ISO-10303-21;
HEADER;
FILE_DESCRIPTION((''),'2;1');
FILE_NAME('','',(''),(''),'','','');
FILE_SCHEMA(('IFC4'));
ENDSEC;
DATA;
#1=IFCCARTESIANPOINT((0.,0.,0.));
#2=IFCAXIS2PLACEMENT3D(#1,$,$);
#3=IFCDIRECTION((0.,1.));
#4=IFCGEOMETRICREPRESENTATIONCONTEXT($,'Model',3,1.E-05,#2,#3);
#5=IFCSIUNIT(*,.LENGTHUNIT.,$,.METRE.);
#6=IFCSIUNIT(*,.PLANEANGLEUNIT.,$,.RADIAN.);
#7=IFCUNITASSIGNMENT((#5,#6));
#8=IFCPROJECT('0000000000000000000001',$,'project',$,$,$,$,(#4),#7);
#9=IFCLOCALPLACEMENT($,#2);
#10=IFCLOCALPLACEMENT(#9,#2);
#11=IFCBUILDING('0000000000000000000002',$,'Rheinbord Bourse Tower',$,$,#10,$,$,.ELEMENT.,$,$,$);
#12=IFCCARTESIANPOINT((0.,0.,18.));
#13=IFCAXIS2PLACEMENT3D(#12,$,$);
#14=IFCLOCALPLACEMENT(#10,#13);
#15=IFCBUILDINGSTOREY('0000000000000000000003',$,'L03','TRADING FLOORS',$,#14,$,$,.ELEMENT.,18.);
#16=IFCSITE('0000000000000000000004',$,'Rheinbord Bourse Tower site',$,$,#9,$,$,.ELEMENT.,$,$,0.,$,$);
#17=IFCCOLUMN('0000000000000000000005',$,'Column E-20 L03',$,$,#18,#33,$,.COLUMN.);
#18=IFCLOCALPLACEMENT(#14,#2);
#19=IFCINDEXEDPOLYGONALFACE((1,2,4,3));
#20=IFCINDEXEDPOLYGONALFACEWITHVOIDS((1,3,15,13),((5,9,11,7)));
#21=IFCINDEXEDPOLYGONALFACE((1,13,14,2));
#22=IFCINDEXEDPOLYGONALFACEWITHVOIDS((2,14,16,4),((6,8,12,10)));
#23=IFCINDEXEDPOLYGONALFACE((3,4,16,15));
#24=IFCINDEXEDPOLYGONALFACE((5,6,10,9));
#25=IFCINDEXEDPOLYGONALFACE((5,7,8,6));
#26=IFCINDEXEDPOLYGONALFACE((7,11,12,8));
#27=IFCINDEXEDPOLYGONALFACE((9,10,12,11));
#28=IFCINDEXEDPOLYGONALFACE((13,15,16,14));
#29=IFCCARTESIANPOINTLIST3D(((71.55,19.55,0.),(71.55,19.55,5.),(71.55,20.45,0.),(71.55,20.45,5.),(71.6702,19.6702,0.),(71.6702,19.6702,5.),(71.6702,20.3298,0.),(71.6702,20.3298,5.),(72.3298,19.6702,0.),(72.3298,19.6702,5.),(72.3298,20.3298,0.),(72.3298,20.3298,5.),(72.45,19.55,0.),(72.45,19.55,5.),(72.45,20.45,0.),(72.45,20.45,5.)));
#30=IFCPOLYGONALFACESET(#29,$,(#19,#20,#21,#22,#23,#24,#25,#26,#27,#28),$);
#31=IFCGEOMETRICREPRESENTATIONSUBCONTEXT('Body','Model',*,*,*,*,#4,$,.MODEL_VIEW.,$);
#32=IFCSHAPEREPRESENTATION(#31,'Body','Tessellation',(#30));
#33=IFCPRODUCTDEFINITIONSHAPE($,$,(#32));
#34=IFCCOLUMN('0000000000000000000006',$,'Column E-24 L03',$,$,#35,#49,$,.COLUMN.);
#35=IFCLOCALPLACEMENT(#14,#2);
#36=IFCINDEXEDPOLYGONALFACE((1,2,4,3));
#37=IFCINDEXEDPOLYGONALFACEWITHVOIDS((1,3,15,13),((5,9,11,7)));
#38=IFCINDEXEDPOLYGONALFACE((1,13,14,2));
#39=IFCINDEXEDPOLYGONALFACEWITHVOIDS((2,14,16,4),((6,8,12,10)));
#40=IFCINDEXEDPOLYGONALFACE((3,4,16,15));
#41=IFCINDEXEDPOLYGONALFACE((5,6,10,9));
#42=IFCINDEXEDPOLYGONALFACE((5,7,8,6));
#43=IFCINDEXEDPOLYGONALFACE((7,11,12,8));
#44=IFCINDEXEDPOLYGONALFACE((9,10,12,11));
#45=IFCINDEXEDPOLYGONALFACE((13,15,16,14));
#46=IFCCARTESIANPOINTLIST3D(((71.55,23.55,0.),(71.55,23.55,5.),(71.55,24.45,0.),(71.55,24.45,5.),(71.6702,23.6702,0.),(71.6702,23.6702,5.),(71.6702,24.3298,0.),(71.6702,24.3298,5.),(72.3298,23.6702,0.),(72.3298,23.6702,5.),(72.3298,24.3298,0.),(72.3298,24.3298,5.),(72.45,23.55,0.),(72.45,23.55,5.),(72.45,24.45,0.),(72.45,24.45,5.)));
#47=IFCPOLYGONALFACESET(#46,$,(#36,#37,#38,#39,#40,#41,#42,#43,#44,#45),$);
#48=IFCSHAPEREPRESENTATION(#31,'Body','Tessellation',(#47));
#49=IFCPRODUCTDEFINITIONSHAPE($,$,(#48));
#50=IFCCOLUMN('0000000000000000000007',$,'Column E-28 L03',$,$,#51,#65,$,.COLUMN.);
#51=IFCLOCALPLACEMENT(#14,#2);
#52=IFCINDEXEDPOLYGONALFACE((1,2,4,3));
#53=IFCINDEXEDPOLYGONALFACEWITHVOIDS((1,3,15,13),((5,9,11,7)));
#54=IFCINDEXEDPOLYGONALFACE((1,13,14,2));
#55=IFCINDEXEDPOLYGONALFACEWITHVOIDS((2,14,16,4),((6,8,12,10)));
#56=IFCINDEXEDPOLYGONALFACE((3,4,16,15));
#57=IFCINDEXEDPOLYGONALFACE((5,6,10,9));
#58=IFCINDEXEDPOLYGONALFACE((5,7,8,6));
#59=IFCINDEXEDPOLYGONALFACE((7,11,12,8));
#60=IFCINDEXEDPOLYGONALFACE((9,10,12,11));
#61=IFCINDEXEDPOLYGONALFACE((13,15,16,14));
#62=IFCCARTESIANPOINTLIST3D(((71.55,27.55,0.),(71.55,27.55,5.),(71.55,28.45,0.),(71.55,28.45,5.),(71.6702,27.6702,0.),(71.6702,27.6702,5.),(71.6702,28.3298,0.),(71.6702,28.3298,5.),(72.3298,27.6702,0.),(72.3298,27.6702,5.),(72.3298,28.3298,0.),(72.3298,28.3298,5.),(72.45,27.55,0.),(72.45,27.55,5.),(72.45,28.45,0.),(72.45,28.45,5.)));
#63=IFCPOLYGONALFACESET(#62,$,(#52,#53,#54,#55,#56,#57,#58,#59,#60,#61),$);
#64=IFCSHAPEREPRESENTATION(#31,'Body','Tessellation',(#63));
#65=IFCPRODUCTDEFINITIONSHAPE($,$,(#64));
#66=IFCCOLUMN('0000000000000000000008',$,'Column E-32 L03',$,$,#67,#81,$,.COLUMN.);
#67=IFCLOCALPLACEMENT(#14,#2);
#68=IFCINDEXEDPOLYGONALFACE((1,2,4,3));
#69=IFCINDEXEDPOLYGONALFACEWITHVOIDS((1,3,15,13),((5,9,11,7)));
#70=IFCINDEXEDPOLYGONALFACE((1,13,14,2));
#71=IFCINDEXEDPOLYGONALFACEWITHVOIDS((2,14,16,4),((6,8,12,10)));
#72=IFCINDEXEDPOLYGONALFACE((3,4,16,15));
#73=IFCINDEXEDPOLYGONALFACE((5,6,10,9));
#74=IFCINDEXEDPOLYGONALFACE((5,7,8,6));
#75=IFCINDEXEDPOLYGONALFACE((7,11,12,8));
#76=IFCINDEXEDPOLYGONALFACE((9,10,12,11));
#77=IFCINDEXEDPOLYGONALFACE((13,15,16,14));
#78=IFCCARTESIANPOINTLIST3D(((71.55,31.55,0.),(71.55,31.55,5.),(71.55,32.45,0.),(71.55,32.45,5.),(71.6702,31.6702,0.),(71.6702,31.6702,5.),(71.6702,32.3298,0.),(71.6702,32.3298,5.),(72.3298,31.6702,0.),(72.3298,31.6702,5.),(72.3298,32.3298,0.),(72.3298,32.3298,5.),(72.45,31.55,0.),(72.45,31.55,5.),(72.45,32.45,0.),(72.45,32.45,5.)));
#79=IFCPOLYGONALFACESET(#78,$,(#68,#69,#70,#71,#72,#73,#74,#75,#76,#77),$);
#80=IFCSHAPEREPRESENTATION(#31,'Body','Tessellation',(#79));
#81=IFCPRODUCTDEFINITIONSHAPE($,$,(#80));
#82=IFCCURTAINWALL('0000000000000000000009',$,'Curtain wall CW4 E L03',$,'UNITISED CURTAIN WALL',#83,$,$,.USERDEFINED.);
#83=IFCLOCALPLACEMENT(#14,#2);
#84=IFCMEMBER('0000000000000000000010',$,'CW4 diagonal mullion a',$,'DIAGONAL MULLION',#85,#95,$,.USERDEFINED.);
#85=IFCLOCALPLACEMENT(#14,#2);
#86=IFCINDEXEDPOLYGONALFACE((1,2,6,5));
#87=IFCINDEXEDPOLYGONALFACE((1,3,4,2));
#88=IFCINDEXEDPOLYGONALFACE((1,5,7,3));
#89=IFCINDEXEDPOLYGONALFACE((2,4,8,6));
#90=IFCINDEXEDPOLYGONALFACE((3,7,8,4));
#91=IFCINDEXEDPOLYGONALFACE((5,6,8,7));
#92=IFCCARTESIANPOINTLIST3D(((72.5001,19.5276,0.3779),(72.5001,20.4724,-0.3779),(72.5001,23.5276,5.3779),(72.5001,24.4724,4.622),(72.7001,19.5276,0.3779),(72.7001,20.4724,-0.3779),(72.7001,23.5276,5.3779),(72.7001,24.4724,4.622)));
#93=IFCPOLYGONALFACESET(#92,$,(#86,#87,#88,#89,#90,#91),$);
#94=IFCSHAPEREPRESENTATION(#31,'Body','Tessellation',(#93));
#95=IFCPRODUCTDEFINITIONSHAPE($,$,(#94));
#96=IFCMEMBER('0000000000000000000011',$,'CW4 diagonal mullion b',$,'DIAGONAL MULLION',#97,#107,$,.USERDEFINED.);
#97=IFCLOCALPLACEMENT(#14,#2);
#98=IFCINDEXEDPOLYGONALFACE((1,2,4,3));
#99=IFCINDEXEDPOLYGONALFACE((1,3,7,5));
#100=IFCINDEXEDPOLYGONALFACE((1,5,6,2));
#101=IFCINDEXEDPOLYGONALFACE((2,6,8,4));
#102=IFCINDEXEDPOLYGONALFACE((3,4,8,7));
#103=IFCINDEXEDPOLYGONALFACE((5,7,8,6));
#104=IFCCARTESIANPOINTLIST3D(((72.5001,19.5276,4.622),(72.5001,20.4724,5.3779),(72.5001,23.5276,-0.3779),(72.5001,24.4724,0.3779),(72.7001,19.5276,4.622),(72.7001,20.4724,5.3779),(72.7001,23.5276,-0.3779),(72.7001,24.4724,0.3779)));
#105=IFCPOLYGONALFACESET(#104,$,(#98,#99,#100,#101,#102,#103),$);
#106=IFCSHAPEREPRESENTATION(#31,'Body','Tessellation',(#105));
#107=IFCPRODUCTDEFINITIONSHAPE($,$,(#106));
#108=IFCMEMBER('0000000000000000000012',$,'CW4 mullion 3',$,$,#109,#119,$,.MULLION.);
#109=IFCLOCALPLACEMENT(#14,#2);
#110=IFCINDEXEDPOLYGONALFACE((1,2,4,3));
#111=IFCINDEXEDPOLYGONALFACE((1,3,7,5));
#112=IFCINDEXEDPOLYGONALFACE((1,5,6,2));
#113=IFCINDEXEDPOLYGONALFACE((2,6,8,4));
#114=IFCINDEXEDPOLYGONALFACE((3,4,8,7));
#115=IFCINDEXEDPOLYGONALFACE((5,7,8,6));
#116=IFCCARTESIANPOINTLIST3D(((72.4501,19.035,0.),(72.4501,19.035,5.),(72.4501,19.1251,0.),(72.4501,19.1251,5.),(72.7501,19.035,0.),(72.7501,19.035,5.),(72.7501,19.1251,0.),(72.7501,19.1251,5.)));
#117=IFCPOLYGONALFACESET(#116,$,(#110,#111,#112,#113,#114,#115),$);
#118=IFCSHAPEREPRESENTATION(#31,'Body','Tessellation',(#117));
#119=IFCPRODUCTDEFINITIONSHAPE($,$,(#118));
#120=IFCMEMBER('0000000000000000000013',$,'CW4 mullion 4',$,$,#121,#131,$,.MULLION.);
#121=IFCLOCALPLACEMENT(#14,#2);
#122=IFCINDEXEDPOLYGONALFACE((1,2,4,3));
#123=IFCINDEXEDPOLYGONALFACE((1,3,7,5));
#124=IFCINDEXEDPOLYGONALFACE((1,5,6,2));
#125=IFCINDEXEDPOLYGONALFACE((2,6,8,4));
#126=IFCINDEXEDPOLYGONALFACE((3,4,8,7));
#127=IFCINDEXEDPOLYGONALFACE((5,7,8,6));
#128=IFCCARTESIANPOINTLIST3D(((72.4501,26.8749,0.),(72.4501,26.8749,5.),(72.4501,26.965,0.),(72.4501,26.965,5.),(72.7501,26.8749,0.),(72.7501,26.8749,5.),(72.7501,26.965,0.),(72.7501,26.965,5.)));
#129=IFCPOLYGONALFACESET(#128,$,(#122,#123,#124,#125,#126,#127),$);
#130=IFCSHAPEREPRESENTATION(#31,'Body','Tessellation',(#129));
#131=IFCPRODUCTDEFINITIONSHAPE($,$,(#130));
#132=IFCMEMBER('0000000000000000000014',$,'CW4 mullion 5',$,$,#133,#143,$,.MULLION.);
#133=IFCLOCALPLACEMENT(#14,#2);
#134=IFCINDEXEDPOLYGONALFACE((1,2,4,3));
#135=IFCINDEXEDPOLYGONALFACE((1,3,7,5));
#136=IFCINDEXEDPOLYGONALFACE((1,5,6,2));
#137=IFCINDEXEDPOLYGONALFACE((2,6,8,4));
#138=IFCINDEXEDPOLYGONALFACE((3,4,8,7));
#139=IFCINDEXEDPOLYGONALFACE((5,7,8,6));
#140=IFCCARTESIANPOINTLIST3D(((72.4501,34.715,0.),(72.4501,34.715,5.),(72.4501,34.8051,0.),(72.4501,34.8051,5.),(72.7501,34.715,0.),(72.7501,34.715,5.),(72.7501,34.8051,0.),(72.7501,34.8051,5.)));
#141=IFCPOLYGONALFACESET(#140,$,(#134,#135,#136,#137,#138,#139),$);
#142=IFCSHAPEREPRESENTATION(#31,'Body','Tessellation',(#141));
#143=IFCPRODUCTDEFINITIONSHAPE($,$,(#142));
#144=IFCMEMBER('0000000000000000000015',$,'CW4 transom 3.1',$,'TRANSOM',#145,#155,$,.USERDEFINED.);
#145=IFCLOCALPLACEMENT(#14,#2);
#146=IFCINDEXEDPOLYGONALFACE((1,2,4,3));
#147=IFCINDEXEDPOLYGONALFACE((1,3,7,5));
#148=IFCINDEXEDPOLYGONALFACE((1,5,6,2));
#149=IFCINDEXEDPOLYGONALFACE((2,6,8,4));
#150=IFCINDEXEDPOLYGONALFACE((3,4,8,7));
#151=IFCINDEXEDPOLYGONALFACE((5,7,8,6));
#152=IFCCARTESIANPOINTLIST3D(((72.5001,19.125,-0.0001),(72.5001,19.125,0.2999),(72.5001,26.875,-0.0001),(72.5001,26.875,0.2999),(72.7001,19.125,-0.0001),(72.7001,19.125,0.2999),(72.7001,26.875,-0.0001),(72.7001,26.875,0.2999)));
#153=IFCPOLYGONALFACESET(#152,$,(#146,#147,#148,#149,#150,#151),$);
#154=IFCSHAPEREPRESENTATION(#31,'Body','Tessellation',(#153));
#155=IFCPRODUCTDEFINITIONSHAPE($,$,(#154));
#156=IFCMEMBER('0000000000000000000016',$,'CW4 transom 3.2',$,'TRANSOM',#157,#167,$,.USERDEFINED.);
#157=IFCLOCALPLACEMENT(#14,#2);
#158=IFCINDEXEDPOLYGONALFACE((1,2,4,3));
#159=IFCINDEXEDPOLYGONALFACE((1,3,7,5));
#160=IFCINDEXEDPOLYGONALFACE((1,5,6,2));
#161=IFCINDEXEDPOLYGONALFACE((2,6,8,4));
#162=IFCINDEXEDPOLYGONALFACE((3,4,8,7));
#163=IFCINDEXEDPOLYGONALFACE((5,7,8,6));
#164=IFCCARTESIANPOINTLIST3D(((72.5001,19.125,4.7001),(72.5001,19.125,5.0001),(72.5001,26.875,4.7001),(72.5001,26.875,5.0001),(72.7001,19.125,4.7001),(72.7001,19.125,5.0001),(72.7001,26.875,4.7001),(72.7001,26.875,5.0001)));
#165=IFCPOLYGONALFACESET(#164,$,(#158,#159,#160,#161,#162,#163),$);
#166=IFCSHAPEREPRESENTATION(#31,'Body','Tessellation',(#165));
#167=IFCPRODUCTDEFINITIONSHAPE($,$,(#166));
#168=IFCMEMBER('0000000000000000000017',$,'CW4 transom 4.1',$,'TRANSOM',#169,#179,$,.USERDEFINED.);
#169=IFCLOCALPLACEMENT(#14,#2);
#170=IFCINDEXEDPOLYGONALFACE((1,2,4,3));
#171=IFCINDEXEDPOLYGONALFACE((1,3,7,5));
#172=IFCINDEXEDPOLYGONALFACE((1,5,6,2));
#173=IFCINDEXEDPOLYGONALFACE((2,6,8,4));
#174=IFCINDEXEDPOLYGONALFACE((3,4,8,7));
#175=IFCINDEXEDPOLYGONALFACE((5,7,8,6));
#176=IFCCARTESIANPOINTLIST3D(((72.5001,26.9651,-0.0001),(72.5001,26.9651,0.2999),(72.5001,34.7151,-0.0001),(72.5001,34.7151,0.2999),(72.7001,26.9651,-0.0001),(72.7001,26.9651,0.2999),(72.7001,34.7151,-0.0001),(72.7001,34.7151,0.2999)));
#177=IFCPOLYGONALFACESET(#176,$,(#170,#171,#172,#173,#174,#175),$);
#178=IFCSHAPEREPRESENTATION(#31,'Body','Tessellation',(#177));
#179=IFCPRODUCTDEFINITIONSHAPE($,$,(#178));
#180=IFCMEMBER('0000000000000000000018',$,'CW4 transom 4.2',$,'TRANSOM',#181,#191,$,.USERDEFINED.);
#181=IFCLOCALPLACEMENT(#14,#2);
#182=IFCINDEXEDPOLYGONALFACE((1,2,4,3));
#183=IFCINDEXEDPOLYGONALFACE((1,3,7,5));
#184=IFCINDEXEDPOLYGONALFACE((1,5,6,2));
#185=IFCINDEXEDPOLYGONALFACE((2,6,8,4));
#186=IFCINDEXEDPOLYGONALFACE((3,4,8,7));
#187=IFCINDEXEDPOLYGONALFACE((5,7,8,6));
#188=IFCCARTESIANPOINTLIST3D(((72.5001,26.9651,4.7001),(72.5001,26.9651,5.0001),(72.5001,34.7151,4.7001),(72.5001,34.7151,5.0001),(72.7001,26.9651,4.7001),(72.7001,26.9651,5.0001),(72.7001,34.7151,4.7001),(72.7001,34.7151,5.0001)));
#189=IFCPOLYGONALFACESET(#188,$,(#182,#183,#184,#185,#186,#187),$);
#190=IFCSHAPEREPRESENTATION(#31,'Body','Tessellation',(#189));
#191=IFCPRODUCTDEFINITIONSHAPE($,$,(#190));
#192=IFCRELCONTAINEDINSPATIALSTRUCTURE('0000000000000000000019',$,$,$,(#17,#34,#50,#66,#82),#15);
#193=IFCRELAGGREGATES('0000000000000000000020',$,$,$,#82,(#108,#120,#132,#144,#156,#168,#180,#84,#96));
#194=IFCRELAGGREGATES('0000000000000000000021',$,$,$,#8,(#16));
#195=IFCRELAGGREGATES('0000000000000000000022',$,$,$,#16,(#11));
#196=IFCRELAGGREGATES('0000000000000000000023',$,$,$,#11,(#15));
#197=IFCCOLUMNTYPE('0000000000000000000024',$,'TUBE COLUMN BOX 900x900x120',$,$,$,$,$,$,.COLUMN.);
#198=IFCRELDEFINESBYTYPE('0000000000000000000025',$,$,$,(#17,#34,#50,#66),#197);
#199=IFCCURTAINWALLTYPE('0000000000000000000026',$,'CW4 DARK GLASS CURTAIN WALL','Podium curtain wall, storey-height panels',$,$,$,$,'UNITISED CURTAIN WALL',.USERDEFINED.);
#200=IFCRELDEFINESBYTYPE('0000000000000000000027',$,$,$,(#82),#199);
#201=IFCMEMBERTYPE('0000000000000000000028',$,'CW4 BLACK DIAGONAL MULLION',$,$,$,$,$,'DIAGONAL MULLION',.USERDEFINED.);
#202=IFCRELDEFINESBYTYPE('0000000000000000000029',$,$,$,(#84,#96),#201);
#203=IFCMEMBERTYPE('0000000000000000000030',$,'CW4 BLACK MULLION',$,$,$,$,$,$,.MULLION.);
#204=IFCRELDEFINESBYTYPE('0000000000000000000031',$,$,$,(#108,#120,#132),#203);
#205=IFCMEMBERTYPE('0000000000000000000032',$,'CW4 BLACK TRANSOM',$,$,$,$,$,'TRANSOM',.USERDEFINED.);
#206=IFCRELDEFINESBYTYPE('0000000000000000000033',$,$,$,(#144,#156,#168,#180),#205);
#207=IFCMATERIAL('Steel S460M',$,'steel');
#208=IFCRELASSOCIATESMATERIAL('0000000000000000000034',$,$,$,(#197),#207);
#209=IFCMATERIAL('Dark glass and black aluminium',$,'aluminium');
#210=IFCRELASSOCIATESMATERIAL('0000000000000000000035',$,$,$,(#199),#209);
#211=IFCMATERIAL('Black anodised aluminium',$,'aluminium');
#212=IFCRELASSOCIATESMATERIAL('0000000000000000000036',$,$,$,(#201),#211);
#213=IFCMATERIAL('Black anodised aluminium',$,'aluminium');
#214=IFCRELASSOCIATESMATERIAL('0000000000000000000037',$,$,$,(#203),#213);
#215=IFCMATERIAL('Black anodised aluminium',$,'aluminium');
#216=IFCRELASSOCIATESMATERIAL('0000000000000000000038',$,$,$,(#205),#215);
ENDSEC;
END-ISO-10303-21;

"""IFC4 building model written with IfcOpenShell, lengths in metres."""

from ifc_helpers import new_model, si_unit, direction, frame, origin, origin_2d, place, context, subcontext, project, spatial, rectangle, hollow_rectangle, extrude, material, material_profile, profile_set, type_object, element, aggregate, save


model = new_model("IFC4")

# Units and contexts
model_context = context("Model", 3, precision=1e-05, world=origin(), true_north=direction((0.0, 1.0)))
body_context = subcontext(model_context, "Body", "Model", "MODEL_VIEW")
ifc_project = project(units=[si_unit("LENGTHUNIT", "METRE"), si_unit("PLANEANGLEUNIT", "RADIAN")], contexts=[model_context])

# Site, building, storey
site_placement = place(None, origin())
site = spatial("IfcSite", under=ifc_project, at=site_placement, Name="Rheinbord Bourse Tower site", CompositionType="ELEMENT", RefElevation=0.0)
building_placement = place(site_placement, origin())
building = spatial("IfcBuilding", under=site, at=building_placement, Name="Rheinbord Bourse Tower", CompositionType="ELEMENT")
storey_placement = place(building_placement, frame((0.0, 0.0, 18.0)))
storey = spatial("IfcBuildingStorey", under=building, at=storey_placement, Name="L03", Description="TRADING FLOORS", CompositionType="ELEMENT", Elevation=18.0)

# Columns
ifc_material_1 = material(Name="Steel S460M", Category="steel")
ifc_material_profile_1 = material_profile(ifc_material_1, hollow_rectangle(XDim=0.8999, YDim=0.8999, WallThickness=0.1201, at=origin_2d()), Name="BOX 900x900x120")
ifc_profile_set_1 = profile_set([ifc_material_profile_1], Name="Steel S460M")
column_type = type_object("IfcColumnType", Name="TUBE COLUMN BOX 900x900x120", PredefinedType="COLUMN", material=ifc_profile_set_1)
for number, where, z_axis, x_axis, name in (
    (1, (72.0, 20.0, 0.0), (0.0, 0.0, 1.0), (1.0, 0.0, 0.0), "Column E-20 L03"),
    (2, (72.0, 24.0, 0.0), (0.0, 0.0, 1.0), (1.0, 0.0, 0.0), "Column E-24 L03"),
    (3, (72.0, 28.0, 0.0), (0.0, 0.0, 1.0), (1.0, 0.0, 0.0), "Column E-28 L03"),
    (4, (72.0, 32.0, 0.0), (0.0, 0.0, 1.0), (1.0, 0.0, 0.0), "Column E-32 L03"),
):
    element("IfcColumn", number, at=place(storey_placement, frame(where, z_axis=z_axis, x_axis=x_axis)), inside=storey, type_object=column_type, Name=name, PredefinedType="COLUMN", context=body_context, shape_type="SweptSolid", body=[
        extrude(hollow_rectangle(XDim=0.8999, YDim=0.8999, WallThickness=0.1201, at=origin_2d()), origin(), (0.0, 0.0, 1.0), 5.0),
    ])

# Curtain wall, members
ifc_material_2 = material(Name="Dark glass and black aluminium", Category="aluminium")
curtain_wall_type = type_object("IfcCurtainWallType", Name="CW4 DARK GLASS CURTAIN WALL", Description="Podium curtain wall, storey-height panels", ElementType="UNITISED CURTAIN WALL", PredefinedType="USERDEFINED", material=ifc_material_2)
curtain_wall_placement = place(storey_placement, origin())
curtain_wall = element("IfcCurtainWall", 5, at=curtain_wall_placement, inside=storey, type_object=curtain_wall_type, Name="Curtain wall CW4 E L03", ObjectType="UNITISED CURTAIN WALL", PredefinedType="USERDEFINED")
ifc_material_3 = material(Name="Black anodised aluminium", Category="aluminium")
ifc_material_profile_2 = material_profile(ifc_material_3, rectangle(XDim=0.2, YDim=1.21, at=origin_2d()), Name="CW4 DIAGONAL MULLION 1210x200")
ifc_profile_set_2 = profile_set([ifc_material_profile_2], Name="Black anodised aluminium")
member_type_1 = type_object("IfcMemberType", Name="CW4 BLACK DIAGONAL MULLION", ElementType="DIAGONAL MULLION", PredefinedType="USERDEFINED", material=ifc_profile_set_2)
member_1_placement = place(storey_placement, frame((72.6001, 20.0, 0.0), z_axis=(0.0, 0.624695, 0.780869), x_axis=(-1.0, 0.0, 0.0)))
member_1 = element("IfcMember", 6, at=member_1_placement, type_object=member_type_1, Name="CW4 diagonal mullion a", ObjectType="DIAGONAL MULLION", PredefinedType="USERDEFINED", context=body_context, shape_type="SweptSolid", body=[
    extrude(rectangle(XDim=0.2, YDim=1.21, at=origin_2d()), origin(), (0.0, 0.0, 1.0), 6.4031),
])
member_2_placement = place(storey_placement, frame((72.6001, 24.0, 0.0), z_axis=(0.0, -0.624695, 0.780869), x_axis=(1.0, 0.0, 0.0)))
member_2 = element("IfcMember", 7, at=member_2_placement, type_object=member_type_1, Name="CW4 diagonal mullion b", ObjectType="DIAGONAL MULLION", PredefinedType="USERDEFINED", context=body_context, shape_type="SweptSolid", body=[
    extrude(rectangle(XDim=0.2, YDim=1.21, at=origin_2d()), origin(), (0.0, 0.0, 1.0), 6.4031),
])
ifc_material_4 = material(Name="Black anodised aluminium", Category="aluminium")
ifc_material_profile_3 = material_profile(ifc_material_4, rectangle(XDim=0.3, YDim=0.0901, at=origin_2d()), Name="CW4 MULLION 90x300")
ifc_profile_set_3 = profile_set([ifc_material_profile_3], Name="Black anodised aluminium")
member_type_2 = type_object("IfcMemberType", Name="CW4 BLACK MULLION", PredefinedType="MULLION", material=ifc_profile_set_3)
member_3_placement = place(storey_placement, frame((72.6001, 19.0801, 0.0), z_axis=(0.0, 0.0, 1.0), x_axis=(-1.0, 0.0, 0.0)))
member_3 = element("IfcMember", 8, at=member_3_placement, type_object=member_type_2, Name="CW4 mullion 3", PredefinedType="MULLION", context=body_context, shape_type="SweptSolid", body=[
    extrude(rectangle(XDim=0.3, YDim=0.0901, at=origin_2d()), origin(), (0.0, 0.0, 1.0), 5.0),
])
member_4_placement = place(storey_placement, frame((72.6001, 26.9199, 0.0), z_axis=(0.0, 0.0, 1.0), x_axis=(-1.0, 0.0, 0.0)))
member_4 = element("IfcMember", 9, at=member_4_placement, type_object=member_type_2, Name="CW4 mullion 4", PredefinedType="MULLION", context=body_context, shape_type="SweptSolid", body=[
    extrude(rectangle(XDim=0.3, YDim=0.0901, at=origin_2d()), origin(), (0.0, 0.0, 1.0), 5.0),
])
member_5_placement = place(storey_placement, frame((72.6001, 34.76, 0.0), z_axis=(0.0, 0.0, 1.0), x_axis=(-1.0, 0.0, 0.0)))
member_5 = element("IfcMember", 10, at=member_5_placement, type_object=member_type_2, Name="CW4 mullion 5", PredefinedType="MULLION", context=body_context, shape_type="SweptSolid", body=[
    extrude(rectangle(XDim=0.3, YDim=0.0901, at=origin_2d()), origin(), (0.0, 0.0, 1.0), 5.0),
])
ifc_material_5 = material(Name="Black anodised aluminium", Category="aluminium")
ifc_material_profile_4 = material_profile(ifc_material_5, rectangle(XDim=0.2, YDim=0.3, at=origin_2d()), Name="CW4 TRANSOM 300x200")
ifc_profile_set_4 = profile_set([ifc_material_profile_4], Name="Black anodised aluminium")
member_type_3 = type_object("IfcMemberType", Name="CW4 BLACK TRANSOM", ElementType="TRANSOM", PredefinedType="USERDEFINED", material=ifc_profile_set_4)
member_6_placement = place(storey_placement, frame((72.6001, 19.125, 0.1499), z_axis=(0.0, 1.0, 0.0), x_axis=(-1.0, 0.0, 0.0)))
member_6 = element("IfcMember", 11, at=member_6_placement, type_object=member_type_3, Name="CW4 transom 3.1", ObjectType="TRANSOM", PredefinedType="USERDEFINED", context=body_context, shape_type="SweptSolid", body=[
    extrude(rectangle(XDim=0.2, YDim=0.3, at=origin_2d()), origin(), (0.0, 0.0, 1.0), 7.75),
])
member_7_placement = place(storey_placement, frame((72.6001, 19.125, 4.8501), z_axis=(0.0, 1.0, 0.0), x_axis=(-1.0, 0.0, 0.0)))
member_7 = element("IfcMember", 12, at=member_7_placement, type_object=member_type_3, Name="CW4 transom 3.2", ObjectType="TRANSOM", PredefinedType="USERDEFINED", context=body_context, shape_type="SweptSolid", body=[
    extrude(rectangle(XDim=0.2, YDim=0.3, at=origin_2d()), origin(), (0.0, 0.0, 1.0), 7.75),
])
member_8_placement = place(storey_placement, frame((72.6001, 26.9651, 0.1499), z_axis=(0.0, 1.0, 0.0), x_axis=(-1.0, 0.0, 0.0)))
member_8 = element("IfcMember", 13, at=member_8_placement, type_object=member_type_3, Name="CW4 transom 4.1", ObjectType="TRANSOM", PredefinedType="USERDEFINED", context=body_context, shape_type="SweptSolid", body=[
    extrude(rectangle(XDim=0.2, YDim=0.3, at=origin_2d()), origin(), (0.0, 0.0, 1.0), 7.75),
])
member_9_placement = place(storey_placement, frame((72.6001, 26.9651, 4.8501), z_axis=(0.0, 1.0, 0.0), x_axis=(-1.0, 0.0, 0.0)))
member_9 = element("IfcMember", 14, at=member_9_placement, type_object=member_type_3, Name="CW4 transom 4.2", ObjectType="TRANSOM", PredefinedType="USERDEFINED", context=body_context, shape_type="SweptSolid", body=[
    extrude(rectangle(XDim=0.2, YDim=0.3, at=origin_2d()), origin(), (0.0, 0.0, 1.0), 7.75),
])

aggregate(curtain_wall, [member_3, member_4, member_5, member_6, member_7, member_8, member_9, member_1, member_2])

save(model, "model.ifc")
